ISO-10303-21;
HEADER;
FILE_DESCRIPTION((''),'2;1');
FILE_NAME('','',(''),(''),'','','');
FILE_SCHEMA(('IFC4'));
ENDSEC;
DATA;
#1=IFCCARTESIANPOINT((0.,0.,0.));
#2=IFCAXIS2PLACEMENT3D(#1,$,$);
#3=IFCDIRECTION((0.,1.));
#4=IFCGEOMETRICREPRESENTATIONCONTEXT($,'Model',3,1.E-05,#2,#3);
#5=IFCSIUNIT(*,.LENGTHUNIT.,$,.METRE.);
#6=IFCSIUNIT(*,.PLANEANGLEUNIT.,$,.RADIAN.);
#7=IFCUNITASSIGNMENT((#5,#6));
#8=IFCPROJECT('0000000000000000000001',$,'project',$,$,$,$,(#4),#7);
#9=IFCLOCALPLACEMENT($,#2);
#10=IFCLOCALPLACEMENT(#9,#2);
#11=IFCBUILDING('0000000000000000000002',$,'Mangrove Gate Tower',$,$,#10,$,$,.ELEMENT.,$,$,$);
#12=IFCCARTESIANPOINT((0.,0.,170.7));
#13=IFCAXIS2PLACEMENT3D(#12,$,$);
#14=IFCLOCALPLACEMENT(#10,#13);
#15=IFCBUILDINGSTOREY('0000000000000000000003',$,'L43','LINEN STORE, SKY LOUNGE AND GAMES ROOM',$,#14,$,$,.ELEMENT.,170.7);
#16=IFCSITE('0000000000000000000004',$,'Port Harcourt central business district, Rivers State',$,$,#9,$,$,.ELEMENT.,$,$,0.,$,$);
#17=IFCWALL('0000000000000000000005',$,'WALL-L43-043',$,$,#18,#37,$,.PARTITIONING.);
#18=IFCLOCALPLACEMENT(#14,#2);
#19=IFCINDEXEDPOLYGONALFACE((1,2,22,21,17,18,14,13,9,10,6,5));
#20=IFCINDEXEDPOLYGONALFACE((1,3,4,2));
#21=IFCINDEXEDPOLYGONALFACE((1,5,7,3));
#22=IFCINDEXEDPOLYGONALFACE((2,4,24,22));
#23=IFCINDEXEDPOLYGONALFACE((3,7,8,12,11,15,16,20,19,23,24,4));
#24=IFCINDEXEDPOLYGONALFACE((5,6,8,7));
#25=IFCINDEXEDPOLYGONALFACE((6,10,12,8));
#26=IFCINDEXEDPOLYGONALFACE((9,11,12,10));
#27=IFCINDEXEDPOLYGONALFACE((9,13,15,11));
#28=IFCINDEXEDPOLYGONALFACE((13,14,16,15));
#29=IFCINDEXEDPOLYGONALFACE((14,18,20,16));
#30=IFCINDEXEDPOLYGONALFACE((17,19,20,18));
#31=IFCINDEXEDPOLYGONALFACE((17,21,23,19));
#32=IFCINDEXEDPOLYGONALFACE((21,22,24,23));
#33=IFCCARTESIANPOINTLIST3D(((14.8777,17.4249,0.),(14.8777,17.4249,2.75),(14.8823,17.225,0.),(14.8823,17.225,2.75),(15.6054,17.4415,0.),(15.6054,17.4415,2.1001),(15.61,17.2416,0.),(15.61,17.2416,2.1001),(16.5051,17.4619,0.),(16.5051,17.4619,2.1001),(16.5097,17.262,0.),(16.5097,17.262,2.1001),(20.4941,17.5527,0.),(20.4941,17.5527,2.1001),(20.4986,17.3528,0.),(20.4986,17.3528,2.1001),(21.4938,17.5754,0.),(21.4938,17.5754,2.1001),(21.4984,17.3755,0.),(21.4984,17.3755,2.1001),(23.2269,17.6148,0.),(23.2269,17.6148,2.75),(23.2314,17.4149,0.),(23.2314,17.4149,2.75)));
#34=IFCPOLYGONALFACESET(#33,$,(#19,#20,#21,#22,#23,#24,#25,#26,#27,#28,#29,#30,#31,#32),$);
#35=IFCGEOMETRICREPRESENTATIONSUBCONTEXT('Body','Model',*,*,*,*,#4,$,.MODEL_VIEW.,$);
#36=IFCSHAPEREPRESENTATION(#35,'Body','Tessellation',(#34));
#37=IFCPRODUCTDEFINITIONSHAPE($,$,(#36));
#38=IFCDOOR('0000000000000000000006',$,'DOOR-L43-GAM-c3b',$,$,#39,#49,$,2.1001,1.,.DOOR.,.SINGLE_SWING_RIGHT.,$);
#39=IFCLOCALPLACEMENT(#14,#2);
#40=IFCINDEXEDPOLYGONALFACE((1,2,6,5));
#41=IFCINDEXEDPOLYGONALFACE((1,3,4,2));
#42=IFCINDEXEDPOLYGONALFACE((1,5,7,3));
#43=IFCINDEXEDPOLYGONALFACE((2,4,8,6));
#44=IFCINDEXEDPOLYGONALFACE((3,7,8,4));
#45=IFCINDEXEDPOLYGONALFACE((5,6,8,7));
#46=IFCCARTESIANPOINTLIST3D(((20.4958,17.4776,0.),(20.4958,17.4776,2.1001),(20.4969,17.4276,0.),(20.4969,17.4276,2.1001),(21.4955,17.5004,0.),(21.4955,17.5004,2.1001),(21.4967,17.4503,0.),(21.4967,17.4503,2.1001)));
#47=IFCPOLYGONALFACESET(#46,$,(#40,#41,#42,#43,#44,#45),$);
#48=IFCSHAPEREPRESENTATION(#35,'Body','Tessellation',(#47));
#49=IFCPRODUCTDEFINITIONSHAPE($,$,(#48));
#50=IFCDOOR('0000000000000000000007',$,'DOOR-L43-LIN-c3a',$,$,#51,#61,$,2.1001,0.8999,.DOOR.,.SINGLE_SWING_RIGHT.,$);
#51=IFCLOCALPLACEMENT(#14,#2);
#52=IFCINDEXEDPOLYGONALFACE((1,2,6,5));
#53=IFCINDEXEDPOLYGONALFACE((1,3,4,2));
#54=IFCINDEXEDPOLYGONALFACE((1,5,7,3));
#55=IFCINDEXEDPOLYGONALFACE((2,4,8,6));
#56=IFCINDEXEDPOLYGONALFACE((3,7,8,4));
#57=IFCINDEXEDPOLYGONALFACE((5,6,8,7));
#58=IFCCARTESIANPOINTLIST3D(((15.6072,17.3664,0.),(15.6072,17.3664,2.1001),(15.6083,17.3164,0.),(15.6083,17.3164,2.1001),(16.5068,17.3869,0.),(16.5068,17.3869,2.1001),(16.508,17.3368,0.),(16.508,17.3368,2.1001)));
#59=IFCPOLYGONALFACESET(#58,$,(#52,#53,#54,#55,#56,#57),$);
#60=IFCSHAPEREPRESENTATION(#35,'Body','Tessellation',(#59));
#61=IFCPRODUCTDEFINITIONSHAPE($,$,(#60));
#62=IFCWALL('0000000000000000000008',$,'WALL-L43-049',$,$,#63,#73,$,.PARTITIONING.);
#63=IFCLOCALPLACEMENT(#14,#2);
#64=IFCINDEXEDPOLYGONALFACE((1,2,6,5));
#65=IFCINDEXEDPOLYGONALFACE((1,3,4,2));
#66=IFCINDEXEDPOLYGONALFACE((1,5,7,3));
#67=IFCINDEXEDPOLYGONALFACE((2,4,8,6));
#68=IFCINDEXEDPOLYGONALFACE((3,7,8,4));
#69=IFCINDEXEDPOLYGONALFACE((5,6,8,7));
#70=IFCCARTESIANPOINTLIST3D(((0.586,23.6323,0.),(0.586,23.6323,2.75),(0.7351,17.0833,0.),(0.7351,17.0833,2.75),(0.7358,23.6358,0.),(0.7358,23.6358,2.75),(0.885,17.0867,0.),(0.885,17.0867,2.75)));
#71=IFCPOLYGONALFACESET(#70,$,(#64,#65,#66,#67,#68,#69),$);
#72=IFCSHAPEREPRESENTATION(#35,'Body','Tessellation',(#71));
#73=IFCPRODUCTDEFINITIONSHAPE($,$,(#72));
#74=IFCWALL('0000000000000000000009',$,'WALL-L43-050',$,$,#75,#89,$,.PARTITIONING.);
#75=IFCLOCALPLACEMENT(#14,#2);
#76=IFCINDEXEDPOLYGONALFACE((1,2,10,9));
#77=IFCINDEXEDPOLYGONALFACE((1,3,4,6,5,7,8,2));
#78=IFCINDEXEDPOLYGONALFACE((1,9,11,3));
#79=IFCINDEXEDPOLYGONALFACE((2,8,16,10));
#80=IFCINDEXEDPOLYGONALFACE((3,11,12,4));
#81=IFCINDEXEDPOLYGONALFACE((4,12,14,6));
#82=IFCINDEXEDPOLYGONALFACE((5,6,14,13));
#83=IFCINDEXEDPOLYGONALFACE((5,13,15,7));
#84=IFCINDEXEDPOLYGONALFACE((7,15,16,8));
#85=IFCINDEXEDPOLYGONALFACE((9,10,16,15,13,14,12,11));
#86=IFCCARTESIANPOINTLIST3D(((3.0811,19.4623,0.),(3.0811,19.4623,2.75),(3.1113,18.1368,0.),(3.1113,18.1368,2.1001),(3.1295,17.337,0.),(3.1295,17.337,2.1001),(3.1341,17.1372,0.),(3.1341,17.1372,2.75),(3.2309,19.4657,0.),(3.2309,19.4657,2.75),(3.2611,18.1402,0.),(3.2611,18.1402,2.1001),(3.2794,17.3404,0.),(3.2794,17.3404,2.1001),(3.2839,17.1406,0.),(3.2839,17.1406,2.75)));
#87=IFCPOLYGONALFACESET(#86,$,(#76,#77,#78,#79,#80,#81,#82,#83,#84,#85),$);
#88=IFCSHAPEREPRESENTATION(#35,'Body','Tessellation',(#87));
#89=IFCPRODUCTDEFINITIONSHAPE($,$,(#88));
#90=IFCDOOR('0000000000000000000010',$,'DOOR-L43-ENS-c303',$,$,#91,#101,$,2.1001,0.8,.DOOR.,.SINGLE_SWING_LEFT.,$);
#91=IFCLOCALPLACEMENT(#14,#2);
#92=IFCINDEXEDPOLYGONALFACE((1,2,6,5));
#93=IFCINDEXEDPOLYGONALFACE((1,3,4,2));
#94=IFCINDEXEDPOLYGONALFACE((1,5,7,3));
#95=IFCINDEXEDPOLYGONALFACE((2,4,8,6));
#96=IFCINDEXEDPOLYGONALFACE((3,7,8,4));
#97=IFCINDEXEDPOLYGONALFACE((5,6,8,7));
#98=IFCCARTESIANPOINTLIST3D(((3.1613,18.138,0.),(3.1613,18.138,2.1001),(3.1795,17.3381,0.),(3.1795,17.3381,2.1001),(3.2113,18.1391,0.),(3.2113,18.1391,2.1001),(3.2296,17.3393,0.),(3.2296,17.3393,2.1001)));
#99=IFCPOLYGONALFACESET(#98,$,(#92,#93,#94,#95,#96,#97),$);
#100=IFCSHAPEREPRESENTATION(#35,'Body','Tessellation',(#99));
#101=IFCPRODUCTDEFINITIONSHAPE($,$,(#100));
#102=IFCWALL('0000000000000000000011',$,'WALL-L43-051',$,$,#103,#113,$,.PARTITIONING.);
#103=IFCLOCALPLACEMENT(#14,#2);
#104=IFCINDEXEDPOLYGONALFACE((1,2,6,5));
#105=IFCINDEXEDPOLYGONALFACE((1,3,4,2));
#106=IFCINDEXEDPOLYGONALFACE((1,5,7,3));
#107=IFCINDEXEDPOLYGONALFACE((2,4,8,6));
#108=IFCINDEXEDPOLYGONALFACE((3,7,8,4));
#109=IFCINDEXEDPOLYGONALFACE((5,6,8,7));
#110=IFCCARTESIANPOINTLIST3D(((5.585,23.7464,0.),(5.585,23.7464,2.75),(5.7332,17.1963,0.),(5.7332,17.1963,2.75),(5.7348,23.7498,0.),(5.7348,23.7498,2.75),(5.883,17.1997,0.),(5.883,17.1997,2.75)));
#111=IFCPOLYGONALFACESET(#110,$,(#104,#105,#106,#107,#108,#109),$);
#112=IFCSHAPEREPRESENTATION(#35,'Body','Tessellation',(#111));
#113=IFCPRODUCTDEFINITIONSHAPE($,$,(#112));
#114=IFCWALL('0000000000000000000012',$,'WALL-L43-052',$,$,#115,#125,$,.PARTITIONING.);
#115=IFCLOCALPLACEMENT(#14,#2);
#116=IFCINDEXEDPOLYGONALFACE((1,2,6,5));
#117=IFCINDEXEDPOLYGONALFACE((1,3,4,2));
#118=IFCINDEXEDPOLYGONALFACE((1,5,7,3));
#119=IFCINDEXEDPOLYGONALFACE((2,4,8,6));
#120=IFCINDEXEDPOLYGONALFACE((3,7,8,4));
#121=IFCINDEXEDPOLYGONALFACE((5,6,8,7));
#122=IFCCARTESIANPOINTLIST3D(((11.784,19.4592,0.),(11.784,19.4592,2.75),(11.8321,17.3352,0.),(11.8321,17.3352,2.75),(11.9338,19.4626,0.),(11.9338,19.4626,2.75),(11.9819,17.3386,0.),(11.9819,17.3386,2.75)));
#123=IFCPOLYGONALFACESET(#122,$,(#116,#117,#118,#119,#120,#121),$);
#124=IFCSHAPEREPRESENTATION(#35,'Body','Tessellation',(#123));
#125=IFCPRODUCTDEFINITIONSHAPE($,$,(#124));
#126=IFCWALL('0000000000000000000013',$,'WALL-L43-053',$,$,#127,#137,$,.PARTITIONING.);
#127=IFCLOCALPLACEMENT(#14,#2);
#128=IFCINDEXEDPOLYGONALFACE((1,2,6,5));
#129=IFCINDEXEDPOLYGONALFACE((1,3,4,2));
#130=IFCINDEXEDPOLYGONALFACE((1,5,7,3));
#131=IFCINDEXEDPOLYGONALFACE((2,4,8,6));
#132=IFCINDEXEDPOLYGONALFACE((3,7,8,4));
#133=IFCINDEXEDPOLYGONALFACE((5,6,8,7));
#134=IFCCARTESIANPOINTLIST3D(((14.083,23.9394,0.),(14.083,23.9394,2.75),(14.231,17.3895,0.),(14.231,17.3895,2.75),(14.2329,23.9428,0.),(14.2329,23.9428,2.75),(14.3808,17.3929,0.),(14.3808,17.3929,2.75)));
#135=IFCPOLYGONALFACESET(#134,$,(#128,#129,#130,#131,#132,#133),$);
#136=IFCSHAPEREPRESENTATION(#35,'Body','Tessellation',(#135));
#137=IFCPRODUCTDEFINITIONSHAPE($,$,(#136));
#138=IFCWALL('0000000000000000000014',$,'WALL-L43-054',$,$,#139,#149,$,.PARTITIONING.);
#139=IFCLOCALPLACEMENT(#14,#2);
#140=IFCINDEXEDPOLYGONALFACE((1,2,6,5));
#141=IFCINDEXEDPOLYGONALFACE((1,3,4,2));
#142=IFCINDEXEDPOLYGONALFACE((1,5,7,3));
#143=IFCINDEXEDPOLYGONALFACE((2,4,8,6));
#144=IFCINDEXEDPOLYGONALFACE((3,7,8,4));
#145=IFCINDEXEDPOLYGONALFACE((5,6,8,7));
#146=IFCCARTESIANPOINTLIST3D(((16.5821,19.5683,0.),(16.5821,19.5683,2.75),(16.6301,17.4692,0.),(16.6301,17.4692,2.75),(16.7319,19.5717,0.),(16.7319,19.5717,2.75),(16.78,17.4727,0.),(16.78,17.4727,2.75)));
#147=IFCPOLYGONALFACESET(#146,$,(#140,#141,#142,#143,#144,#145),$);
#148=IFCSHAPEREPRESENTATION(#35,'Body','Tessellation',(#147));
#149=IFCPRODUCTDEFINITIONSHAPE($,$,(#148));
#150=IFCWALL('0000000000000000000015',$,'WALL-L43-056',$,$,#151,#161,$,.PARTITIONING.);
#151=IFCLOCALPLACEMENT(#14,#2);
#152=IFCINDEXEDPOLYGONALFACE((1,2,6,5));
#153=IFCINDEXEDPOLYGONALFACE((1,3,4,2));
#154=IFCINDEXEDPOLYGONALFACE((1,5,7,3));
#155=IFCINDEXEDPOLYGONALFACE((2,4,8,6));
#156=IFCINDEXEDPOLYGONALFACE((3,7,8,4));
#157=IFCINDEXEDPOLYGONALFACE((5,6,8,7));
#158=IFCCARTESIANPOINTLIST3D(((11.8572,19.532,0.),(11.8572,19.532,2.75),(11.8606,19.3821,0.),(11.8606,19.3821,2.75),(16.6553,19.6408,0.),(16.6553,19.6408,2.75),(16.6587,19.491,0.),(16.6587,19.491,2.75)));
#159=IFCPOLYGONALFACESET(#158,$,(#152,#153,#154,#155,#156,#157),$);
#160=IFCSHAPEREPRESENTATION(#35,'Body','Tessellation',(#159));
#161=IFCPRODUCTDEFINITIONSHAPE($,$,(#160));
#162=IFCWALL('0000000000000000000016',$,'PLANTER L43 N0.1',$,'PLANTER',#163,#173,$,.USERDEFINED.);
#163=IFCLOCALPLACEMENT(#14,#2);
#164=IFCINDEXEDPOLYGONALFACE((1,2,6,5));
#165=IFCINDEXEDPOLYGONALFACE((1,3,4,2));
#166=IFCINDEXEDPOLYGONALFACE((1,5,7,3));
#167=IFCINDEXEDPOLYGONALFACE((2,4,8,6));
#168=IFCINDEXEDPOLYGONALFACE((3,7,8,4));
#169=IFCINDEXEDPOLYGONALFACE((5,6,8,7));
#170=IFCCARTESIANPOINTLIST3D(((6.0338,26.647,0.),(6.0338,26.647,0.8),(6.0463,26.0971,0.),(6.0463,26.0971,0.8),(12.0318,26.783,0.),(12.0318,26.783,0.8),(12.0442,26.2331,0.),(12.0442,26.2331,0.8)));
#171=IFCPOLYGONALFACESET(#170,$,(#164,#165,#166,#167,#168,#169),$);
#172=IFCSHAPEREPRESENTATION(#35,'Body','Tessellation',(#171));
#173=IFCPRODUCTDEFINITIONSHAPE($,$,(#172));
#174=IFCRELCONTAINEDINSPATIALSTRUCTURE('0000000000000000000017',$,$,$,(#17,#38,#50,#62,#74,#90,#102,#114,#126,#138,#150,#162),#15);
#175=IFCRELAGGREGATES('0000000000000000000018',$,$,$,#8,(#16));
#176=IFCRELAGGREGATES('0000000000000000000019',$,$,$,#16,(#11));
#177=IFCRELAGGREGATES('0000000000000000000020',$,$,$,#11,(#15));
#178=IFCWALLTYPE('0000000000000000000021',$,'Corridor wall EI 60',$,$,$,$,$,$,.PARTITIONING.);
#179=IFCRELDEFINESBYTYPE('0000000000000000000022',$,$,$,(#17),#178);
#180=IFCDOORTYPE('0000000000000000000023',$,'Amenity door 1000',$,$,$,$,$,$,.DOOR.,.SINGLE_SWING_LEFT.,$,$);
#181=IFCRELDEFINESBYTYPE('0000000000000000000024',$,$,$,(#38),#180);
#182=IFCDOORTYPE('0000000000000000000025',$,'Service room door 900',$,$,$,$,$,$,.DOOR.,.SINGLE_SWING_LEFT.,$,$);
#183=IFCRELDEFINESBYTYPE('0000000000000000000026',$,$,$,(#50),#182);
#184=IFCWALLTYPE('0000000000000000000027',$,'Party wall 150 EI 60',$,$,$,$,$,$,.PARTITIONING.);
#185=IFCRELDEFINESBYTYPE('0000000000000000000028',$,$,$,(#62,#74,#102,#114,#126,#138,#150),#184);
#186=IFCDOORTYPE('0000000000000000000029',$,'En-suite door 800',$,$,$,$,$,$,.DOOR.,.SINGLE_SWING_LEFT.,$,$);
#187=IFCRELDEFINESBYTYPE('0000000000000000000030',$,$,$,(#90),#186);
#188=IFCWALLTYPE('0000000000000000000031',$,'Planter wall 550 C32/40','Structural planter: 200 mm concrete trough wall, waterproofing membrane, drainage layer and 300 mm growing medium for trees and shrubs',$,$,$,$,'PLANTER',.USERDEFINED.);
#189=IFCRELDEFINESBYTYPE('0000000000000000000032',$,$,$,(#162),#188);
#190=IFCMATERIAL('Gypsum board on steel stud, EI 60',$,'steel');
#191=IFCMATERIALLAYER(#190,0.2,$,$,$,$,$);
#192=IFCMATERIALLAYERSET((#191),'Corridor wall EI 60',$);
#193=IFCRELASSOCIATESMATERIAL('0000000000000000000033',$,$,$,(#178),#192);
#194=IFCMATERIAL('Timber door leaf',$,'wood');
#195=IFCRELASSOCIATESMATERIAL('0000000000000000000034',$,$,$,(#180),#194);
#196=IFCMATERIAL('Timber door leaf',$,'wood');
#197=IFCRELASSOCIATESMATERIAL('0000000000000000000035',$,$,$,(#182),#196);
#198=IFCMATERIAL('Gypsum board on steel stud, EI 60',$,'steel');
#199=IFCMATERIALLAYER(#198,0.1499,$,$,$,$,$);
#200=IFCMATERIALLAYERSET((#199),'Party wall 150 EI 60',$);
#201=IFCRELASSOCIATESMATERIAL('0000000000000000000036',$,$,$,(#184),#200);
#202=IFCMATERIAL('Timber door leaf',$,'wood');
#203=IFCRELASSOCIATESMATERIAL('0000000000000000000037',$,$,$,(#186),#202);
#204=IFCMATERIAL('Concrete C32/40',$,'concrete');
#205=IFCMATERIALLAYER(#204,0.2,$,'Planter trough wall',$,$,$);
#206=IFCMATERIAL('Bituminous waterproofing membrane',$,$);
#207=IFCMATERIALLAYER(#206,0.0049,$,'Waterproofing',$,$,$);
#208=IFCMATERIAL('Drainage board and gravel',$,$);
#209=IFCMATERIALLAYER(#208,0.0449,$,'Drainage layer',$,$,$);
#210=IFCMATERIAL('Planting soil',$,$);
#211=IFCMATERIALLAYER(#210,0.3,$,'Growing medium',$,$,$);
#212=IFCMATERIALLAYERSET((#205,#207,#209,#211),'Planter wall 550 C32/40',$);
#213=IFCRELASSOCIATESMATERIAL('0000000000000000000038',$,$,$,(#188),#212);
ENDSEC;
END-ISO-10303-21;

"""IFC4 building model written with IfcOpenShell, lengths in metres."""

from ifc_helpers import new_model, si_unit, direction, frame, frame_2d, origin, place, context, subcontext, project, spatial, rectangle, extrude, material, layer, layer_set, type_object, element, fill, save


model = new_model("IFC4")

# Units and contexts
model_context = context("Model", 3, precision=1e-05, world=origin(), true_north=direction((0.0, 1.0)))
body_context = subcontext(model_context, "Body", "Model", "MODEL_VIEW")
ifc_project = project(units=[si_unit("LENGTHUNIT", "METRE"), si_unit("PLANEANGLEUNIT", "RADIAN")], contexts=[model_context])

# Site, building, storey
site_placement = place(None, origin())
site = spatial("IfcSite", under=ifc_project, at=site_placement, Name="Port Harcourt central business district, Rivers State", CompositionType="ELEMENT", RefElevation=0.0)
building_placement = place(site_placement, origin())
building = spatial("IfcBuilding", under=site, at=building_placement, Name="Mangrove Gate Tower", CompositionType="ELEMENT")
storey_placement = place(building_placement, frame((0.0, 0.0, 170.7)))
storey = spatial("IfcBuildingStorey", under=building, at=storey_placement, Name="L43", Description="LINEN STORE, SKY LOUNGE AND GAMES ROOM", CompositionType="ELEMENT", Elevation=170.7)

# Shared definitions
ifc_material_1 = material(Name="Gypsum board on steel stud, EI 60", Category="steel")
ifc_layer_1 = layer(ifc_material_1, 0.2)
ifc_layer_set_1 = layer_set([ifc_layer_1], Name="Corridor wall EI 60")
wall_type_1 = type_object("IfcWallType", Name="Corridor wall EI 60", PredefinedType="PARTITIONING", material=ifc_layer_set_1)

# Wall, openings, doors
wall_1_placement = place(storey_placement, frame((14.8799, 17.325, 0.0), z_axis=(0.0, 0.0, 1.0), x_axis=(0.999741, 0.022744, 0.0)))
wall_1 = element("IfcWall", 1, at=wall_1_placement, inside=storey, type_object=wall_type_1, Name="WALL-L43-043", PredefinedType="PARTITIONING", context=body_context, shape_type="SweptSolid", body=[
    extrude(rectangle(XDim=8.3513, YDim=0.2, at=frame_2d((4.1758, 0.0))), origin(), (0.0, 0.0, 1.0), 2.75),
])
opening_1_placement = place(wall_1_placement, frame((5.6179, 0.0, 0.0)))
opening_1 = element("IfcOpeningElement", 2, at=opening_1_placement, cuts=wall_1, PredefinedType="OPENING", context=body_context, shape_type="SweptSolid", body=[
    extrude(rectangle(XDim=1.0, YDim=2.1001, at=frame_2d((0.5, 1.05))), frame((0.0, 0.1099, 0.0), z_axis=(0.0, -1.0, 0.0), x_axis=(1.0, 0.0, 0.0)), (0.0, 0.0, 1.0), 0.22),
])
opening_2_placement = place(wall_1_placement, frame((0.728, 0.0, 0.0)))
opening_2 = element("IfcOpeningElement", 3, at=opening_2_placement, cuts=wall_1, PredefinedType="OPENING", context=body_context, shape_type="SweptSolid", body=[
    extrude(rectangle(XDim=0.8999, YDim=2.1001, at=frame_2d((0.45, 1.05))), frame((0.0, 0.1099, 0.0), z_axis=(0.0, -1.0, 0.0), x_axis=(1.0, 0.0, 0.0)), (0.0, 0.0, 1.0), 0.22),
])
ifc_material_2 = material(Name="Timber door leaf", Category="wood")
door_type_1 = type_object("IfcDoorType", Name="Amenity door 1000", OperationType="SINGLE_SWING_LEFT", PredefinedType="DOOR", material=ifc_material_2)
door_1_placement = place(opening_1_placement, origin())
door_1 = element("IfcDoor", 4, at=door_1_placement, inside=storey, type_object=door_type_1, Name="DOOR-L43-GAM-c3b", OperationType="SINGLE_SWING_RIGHT", OverallHeight=2.1001, OverallWidth=1.0, PredefinedType="DOOR", context=body_context, shape_type="SweptSolid", body=[
    extrude(rectangle(XDim=1.0, YDim=2.1001, at=frame_2d((0.5, 1.05))), frame((0.0, 0.0249, 0.0), z_axis=(0.0, -1.0, 0.0), x_axis=(1.0, 0.0, 0.0)), (0.0, 0.0, 1.0), 0.05),
])
fill(opening_1, door_1)
ifc_material_3 = material(Name="Timber door leaf", Category="wood")
door_type_2 = type_object("IfcDoorType", Name="Service room door 900", OperationType="SINGLE_SWING_LEFT", PredefinedType="DOOR", material=ifc_material_3)
door_2_placement = place(opening_2_placement, origin())
door_2 = element("IfcDoor", 5, at=door_2_placement, inside=storey, type_object=door_type_2, Name="DOOR-L43-LIN-c3a", OperationType="SINGLE_SWING_RIGHT", OverallHeight=2.1001, OverallWidth=0.8999, PredefinedType="DOOR", context=body_context, shape_type="SweptSolid", body=[
    extrude(rectangle(XDim=0.8999, YDim=2.1001, at=frame_2d((0.45, 1.05))), frame((0.0, 0.0249, 0.0), z_axis=(0.0, -1.0, 0.0), x_axis=(1.0, 0.0, 0.0)), (0.0, 0.0, 1.0), 0.05),
])
fill(opening_2, door_2)

# Wall
ifc_material_4 = material(Name="Gypsum board on steel stud, EI 60", Category="steel")
ifc_layer_2 = layer(ifc_material_4, 0.1499)
ifc_layer_set_2 = layer_set([ifc_layer_2], Name="Party wall 150 EI 60")
wall_type_2 = type_object("IfcWallType", Name="Party wall 150 EI 60", PredefinedType="PARTITIONING", material=ifc_layer_set_2)
wall_2_placement = place(storey_placement, frame((0.8101, 17.085, 0.0), z_axis=(0.0, 0.0, 1.0), x_axis=(-0.022771, 0.999741, 0.0)))
element("IfcWall", 6, at=wall_2_placement, inside=storey, type_object=wall_type_2, Name="WALL-L43-049", PredefinedType="PARTITIONING", context=body_context, shape_type="SweptSolid", body=[
    extrude(rectangle(XDim=6.5508, YDim=0.1499, at=frame_2d((3.2754, 0.0))), origin(), (0.0, 0.0, 1.0), 2.75),
])

# Wall, opening, door
wall_3_placement = place(storey_placement, frame((3.209, 17.1389, 0.0), z_axis=(0.0, 0.0, 1.0), x_axis=(-0.022779, 0.999741, 0.0)))
wall_3 = element("IfcWall", 7, at=wall_3_placement, inside=storey, type_object=wall_type_2, Name="WALL-L43-050", PredefinedType="PARTITIONING", context=body_context, shape_type="SweptSolid", body=[
    extrude(rectangle(XDim=2.3257, YDim=0.1499, at=frame_2d((1.1628, 0.0))), origin(), (0.0, 0.0, 1.0), 2.75),
])
opening_3_placement = place(wall_3_placement, frame((0.2, 0.0, 0.0)))
opening_3 = element("IfcOpeningElement", 8, at=opening_3_placement, cuts=wall_3, PredefinedType="OPENING", context=body_context, shape_type="SweptSolid", body=[
    extrude(rectangle(XDim=0.8, YDim=2.1001, at=frame_2d((0.3999, 1.05))), frame((0.0, 0.085, 0.0), z_axis=(0.0, -1.0, 0.0), x_axis=(1.0, 0.0, 0.0)), (0.0, 0.0, 1.0), 0.1699),
])
ifc_material_5 = material(Name="Timber door leaf", Category="wood")
door_type_3 = type_object("IfcDoorType", Name="En-suite door 800", OperationType="SINGLE_SWING_LEFT", PredefinedType="DOOR", material=ifc_material_5)
door_3_placement = place(opening_3_placement, origin())
door_3 = element("IfcDoor", 9, at=door_3_placement, inside=storey, type_object=door_type_3, Name="DOOR-L43-ENS-c303", OperationType="SINGLE_SWING_LEFT", OverallHeight=2.1001, OverallWidth=0.8, PredefinedType="DOOR", context=body_context, shape_type="SweptSolid", body=[
    extrude(rectangle(XDim=0.8, YDim=2.1001, at=frame_2d((0.3999, 1.05))), frame((0.0, 0.0249, 0.0), z_axis=(0.0, -1.0, 0.0), x_axis=(1.0, 0.0, 0.0)), (0.0, 0.0, 1.0), 0.05),
])
fill(opening_3, door_3)

# Walls
wall_4_placement = place(storey_placement, frame((5.8081, 17.198, 0.0), z_axis=(0.0, 0.0, 1.0), x_axis=(-0.022619, 0.999744, 0.0)))
element("IfcWall", 10, at=wall_4_placement, inside=storey, type_object=wall_type_2, Name="WALL-L43-051", PredefinedType="PARTITIONING", context=body_context, shape_type="SweptSolid", body=[
    extrude(rectangle(XDim=6.5518, YDim=0.1499, at=frame_2d((3.2759, 0.0))), origin(), (0.0, 0.0, 1.0), 2.75),
])
wall_5_placement = place(storey_placement, frame((11.907, 17.3369, 0.0), z_axis=(0.0, 0.0, 1.0), x_axis=(-0.022638, 0.999744, 0.0)))
element("IfcWall", 11, at=wall_5_placement, inside=storey, type_object=wall_type_2, Name="WALL-L43-052", PredefinedType="PARTITIONING", context=body_context, shape_type="SweptSolid", body=[
    extrude(rectangle(XDim=2.1245, YDim=0.1499, at=frame_2d((1.0623, 0.0))), origin(), (0.0, 0.0, 1.0), 2.75),
])
wall_6_placement = place(storey_placement, frame((14.3059, 17.3911, 0.0), z_axis=(0.0, 0.0, 1.0), x_axis=(-0.022583, 0.999745, 0.0)))
element("IfcWall", 12, at=wall_6_placement, inside=storey, type_object=wall_type_2, Name="WALL-L43-053", PredefinedType="PARTITIONING", context=body_context, shape_type="SweptSolid", body=[
    extrude(rectangle(XDim=6.5515, YDim=0.1499, at=frame_2d((3.2759, 0.0))), origin(), (0.0, 0.0, 1.0), 2.75),
])
wall_7_placement = place(storey_placement, frame((16.7051, 17.4709, 0.0), z_axis=(0.0, 0.0, 1.0), x_axis=(-0.022906, 0.999738, 0.0)))
element("IfcWall", 13, at=wall_7_placement, inside=storey, type_object=wall_type_2, Name="WALL-L43-054", PredefinedType="PARTITIONING", context=body_context, shape_type="SweptSolid", body=[
    extrude(rectangle(XDim=2.0996, YDim=0.1499, at=frame_2d((1.0498, 0.0))), origin(), (0.0, 0.0, 1.0), 2.75),
])
wall_8_placement = place(storey_placement, frame((11.8589, 19.457, 0.0), z_axis=(0.0, 0.0, 1.0), x_axis=(0.999743, 0.022688, 0.0)))
element("IfcWall", 14, at=wall_8_placement, inside=storey, type_object=wall_type_2, Name="WALL-L43-056", PredefinedType="PARTITIONING", context=body_context, shape_type="SweptSolid", body=[
    extrude(rectangle(XDim=4.7993, YDim=0.1499, at=frame_2d((2.3997, 0.0))), origin(), (0.0, 0.0, 1.0), 2.75),
])
ifc_material_6 = material(Name="Concrete C32/40", Category="concrete")
ifc_layer_3 = layer(ifc_material_6, 0.2, Name="Planter trough wall")
ifc_material_7 = material(Name="Bituminous waterproofing membrane")
ifc_layer_4 = layer(ifc_material_7, 0.0049, Name="Waterproofing")
ifc_material_8 = material(Name="Drainage board and gravel")
ifc_layer_5 = layer(ifc_material_8, 0.0449, Name="Drainage layer")
ifc_material_9 = material(Name="Planting soil")
ifc_layer_6 = layer(ifc_material_9, 0.3, Name="Growing medium")
ifc_layer_set_3 = layer_set([ifc_layer_3, ifc_layer_4, ifc_layer_5, ifc_layer_6], Name="Planter wall 550 C32/40")
wall_type_3 = type_object("IfcWallType", Name="Planter wall 550 C32/40", Description="Structural planter: 200 mm concrete trough wall, waterproofing membrane, drainage layer and 300 mm growing medium for trees and shrubs", ElementType="PLANTER", PredefinedType="USERDEFINED", material=ifc_layer_set_3)
wall_9_placement = place(storey_placement, frame((6.04, 26.3721, 0.0), z_axis=(0.0, 0.0, 1.0), x_axis=(0.999743, 0.022666, 0.0)))
element("IfcWall", 15, at=wall_9_placement, inside=storey, type_object=wall_type_3, Name="PLANTER L43 N0.1", ObjectType="PLANTER", PredefinedType="USERDEFINED", context=body_context, shape_type="SweptSolid", body=[
    extrude(rectangle(XDim=5.9995, YDim=0.55, at=frame_2d((2.9998, 0.0))), origin(), (0.0, 0.0, 1.0), 0.8),
])

save(model, "model.ifc")
